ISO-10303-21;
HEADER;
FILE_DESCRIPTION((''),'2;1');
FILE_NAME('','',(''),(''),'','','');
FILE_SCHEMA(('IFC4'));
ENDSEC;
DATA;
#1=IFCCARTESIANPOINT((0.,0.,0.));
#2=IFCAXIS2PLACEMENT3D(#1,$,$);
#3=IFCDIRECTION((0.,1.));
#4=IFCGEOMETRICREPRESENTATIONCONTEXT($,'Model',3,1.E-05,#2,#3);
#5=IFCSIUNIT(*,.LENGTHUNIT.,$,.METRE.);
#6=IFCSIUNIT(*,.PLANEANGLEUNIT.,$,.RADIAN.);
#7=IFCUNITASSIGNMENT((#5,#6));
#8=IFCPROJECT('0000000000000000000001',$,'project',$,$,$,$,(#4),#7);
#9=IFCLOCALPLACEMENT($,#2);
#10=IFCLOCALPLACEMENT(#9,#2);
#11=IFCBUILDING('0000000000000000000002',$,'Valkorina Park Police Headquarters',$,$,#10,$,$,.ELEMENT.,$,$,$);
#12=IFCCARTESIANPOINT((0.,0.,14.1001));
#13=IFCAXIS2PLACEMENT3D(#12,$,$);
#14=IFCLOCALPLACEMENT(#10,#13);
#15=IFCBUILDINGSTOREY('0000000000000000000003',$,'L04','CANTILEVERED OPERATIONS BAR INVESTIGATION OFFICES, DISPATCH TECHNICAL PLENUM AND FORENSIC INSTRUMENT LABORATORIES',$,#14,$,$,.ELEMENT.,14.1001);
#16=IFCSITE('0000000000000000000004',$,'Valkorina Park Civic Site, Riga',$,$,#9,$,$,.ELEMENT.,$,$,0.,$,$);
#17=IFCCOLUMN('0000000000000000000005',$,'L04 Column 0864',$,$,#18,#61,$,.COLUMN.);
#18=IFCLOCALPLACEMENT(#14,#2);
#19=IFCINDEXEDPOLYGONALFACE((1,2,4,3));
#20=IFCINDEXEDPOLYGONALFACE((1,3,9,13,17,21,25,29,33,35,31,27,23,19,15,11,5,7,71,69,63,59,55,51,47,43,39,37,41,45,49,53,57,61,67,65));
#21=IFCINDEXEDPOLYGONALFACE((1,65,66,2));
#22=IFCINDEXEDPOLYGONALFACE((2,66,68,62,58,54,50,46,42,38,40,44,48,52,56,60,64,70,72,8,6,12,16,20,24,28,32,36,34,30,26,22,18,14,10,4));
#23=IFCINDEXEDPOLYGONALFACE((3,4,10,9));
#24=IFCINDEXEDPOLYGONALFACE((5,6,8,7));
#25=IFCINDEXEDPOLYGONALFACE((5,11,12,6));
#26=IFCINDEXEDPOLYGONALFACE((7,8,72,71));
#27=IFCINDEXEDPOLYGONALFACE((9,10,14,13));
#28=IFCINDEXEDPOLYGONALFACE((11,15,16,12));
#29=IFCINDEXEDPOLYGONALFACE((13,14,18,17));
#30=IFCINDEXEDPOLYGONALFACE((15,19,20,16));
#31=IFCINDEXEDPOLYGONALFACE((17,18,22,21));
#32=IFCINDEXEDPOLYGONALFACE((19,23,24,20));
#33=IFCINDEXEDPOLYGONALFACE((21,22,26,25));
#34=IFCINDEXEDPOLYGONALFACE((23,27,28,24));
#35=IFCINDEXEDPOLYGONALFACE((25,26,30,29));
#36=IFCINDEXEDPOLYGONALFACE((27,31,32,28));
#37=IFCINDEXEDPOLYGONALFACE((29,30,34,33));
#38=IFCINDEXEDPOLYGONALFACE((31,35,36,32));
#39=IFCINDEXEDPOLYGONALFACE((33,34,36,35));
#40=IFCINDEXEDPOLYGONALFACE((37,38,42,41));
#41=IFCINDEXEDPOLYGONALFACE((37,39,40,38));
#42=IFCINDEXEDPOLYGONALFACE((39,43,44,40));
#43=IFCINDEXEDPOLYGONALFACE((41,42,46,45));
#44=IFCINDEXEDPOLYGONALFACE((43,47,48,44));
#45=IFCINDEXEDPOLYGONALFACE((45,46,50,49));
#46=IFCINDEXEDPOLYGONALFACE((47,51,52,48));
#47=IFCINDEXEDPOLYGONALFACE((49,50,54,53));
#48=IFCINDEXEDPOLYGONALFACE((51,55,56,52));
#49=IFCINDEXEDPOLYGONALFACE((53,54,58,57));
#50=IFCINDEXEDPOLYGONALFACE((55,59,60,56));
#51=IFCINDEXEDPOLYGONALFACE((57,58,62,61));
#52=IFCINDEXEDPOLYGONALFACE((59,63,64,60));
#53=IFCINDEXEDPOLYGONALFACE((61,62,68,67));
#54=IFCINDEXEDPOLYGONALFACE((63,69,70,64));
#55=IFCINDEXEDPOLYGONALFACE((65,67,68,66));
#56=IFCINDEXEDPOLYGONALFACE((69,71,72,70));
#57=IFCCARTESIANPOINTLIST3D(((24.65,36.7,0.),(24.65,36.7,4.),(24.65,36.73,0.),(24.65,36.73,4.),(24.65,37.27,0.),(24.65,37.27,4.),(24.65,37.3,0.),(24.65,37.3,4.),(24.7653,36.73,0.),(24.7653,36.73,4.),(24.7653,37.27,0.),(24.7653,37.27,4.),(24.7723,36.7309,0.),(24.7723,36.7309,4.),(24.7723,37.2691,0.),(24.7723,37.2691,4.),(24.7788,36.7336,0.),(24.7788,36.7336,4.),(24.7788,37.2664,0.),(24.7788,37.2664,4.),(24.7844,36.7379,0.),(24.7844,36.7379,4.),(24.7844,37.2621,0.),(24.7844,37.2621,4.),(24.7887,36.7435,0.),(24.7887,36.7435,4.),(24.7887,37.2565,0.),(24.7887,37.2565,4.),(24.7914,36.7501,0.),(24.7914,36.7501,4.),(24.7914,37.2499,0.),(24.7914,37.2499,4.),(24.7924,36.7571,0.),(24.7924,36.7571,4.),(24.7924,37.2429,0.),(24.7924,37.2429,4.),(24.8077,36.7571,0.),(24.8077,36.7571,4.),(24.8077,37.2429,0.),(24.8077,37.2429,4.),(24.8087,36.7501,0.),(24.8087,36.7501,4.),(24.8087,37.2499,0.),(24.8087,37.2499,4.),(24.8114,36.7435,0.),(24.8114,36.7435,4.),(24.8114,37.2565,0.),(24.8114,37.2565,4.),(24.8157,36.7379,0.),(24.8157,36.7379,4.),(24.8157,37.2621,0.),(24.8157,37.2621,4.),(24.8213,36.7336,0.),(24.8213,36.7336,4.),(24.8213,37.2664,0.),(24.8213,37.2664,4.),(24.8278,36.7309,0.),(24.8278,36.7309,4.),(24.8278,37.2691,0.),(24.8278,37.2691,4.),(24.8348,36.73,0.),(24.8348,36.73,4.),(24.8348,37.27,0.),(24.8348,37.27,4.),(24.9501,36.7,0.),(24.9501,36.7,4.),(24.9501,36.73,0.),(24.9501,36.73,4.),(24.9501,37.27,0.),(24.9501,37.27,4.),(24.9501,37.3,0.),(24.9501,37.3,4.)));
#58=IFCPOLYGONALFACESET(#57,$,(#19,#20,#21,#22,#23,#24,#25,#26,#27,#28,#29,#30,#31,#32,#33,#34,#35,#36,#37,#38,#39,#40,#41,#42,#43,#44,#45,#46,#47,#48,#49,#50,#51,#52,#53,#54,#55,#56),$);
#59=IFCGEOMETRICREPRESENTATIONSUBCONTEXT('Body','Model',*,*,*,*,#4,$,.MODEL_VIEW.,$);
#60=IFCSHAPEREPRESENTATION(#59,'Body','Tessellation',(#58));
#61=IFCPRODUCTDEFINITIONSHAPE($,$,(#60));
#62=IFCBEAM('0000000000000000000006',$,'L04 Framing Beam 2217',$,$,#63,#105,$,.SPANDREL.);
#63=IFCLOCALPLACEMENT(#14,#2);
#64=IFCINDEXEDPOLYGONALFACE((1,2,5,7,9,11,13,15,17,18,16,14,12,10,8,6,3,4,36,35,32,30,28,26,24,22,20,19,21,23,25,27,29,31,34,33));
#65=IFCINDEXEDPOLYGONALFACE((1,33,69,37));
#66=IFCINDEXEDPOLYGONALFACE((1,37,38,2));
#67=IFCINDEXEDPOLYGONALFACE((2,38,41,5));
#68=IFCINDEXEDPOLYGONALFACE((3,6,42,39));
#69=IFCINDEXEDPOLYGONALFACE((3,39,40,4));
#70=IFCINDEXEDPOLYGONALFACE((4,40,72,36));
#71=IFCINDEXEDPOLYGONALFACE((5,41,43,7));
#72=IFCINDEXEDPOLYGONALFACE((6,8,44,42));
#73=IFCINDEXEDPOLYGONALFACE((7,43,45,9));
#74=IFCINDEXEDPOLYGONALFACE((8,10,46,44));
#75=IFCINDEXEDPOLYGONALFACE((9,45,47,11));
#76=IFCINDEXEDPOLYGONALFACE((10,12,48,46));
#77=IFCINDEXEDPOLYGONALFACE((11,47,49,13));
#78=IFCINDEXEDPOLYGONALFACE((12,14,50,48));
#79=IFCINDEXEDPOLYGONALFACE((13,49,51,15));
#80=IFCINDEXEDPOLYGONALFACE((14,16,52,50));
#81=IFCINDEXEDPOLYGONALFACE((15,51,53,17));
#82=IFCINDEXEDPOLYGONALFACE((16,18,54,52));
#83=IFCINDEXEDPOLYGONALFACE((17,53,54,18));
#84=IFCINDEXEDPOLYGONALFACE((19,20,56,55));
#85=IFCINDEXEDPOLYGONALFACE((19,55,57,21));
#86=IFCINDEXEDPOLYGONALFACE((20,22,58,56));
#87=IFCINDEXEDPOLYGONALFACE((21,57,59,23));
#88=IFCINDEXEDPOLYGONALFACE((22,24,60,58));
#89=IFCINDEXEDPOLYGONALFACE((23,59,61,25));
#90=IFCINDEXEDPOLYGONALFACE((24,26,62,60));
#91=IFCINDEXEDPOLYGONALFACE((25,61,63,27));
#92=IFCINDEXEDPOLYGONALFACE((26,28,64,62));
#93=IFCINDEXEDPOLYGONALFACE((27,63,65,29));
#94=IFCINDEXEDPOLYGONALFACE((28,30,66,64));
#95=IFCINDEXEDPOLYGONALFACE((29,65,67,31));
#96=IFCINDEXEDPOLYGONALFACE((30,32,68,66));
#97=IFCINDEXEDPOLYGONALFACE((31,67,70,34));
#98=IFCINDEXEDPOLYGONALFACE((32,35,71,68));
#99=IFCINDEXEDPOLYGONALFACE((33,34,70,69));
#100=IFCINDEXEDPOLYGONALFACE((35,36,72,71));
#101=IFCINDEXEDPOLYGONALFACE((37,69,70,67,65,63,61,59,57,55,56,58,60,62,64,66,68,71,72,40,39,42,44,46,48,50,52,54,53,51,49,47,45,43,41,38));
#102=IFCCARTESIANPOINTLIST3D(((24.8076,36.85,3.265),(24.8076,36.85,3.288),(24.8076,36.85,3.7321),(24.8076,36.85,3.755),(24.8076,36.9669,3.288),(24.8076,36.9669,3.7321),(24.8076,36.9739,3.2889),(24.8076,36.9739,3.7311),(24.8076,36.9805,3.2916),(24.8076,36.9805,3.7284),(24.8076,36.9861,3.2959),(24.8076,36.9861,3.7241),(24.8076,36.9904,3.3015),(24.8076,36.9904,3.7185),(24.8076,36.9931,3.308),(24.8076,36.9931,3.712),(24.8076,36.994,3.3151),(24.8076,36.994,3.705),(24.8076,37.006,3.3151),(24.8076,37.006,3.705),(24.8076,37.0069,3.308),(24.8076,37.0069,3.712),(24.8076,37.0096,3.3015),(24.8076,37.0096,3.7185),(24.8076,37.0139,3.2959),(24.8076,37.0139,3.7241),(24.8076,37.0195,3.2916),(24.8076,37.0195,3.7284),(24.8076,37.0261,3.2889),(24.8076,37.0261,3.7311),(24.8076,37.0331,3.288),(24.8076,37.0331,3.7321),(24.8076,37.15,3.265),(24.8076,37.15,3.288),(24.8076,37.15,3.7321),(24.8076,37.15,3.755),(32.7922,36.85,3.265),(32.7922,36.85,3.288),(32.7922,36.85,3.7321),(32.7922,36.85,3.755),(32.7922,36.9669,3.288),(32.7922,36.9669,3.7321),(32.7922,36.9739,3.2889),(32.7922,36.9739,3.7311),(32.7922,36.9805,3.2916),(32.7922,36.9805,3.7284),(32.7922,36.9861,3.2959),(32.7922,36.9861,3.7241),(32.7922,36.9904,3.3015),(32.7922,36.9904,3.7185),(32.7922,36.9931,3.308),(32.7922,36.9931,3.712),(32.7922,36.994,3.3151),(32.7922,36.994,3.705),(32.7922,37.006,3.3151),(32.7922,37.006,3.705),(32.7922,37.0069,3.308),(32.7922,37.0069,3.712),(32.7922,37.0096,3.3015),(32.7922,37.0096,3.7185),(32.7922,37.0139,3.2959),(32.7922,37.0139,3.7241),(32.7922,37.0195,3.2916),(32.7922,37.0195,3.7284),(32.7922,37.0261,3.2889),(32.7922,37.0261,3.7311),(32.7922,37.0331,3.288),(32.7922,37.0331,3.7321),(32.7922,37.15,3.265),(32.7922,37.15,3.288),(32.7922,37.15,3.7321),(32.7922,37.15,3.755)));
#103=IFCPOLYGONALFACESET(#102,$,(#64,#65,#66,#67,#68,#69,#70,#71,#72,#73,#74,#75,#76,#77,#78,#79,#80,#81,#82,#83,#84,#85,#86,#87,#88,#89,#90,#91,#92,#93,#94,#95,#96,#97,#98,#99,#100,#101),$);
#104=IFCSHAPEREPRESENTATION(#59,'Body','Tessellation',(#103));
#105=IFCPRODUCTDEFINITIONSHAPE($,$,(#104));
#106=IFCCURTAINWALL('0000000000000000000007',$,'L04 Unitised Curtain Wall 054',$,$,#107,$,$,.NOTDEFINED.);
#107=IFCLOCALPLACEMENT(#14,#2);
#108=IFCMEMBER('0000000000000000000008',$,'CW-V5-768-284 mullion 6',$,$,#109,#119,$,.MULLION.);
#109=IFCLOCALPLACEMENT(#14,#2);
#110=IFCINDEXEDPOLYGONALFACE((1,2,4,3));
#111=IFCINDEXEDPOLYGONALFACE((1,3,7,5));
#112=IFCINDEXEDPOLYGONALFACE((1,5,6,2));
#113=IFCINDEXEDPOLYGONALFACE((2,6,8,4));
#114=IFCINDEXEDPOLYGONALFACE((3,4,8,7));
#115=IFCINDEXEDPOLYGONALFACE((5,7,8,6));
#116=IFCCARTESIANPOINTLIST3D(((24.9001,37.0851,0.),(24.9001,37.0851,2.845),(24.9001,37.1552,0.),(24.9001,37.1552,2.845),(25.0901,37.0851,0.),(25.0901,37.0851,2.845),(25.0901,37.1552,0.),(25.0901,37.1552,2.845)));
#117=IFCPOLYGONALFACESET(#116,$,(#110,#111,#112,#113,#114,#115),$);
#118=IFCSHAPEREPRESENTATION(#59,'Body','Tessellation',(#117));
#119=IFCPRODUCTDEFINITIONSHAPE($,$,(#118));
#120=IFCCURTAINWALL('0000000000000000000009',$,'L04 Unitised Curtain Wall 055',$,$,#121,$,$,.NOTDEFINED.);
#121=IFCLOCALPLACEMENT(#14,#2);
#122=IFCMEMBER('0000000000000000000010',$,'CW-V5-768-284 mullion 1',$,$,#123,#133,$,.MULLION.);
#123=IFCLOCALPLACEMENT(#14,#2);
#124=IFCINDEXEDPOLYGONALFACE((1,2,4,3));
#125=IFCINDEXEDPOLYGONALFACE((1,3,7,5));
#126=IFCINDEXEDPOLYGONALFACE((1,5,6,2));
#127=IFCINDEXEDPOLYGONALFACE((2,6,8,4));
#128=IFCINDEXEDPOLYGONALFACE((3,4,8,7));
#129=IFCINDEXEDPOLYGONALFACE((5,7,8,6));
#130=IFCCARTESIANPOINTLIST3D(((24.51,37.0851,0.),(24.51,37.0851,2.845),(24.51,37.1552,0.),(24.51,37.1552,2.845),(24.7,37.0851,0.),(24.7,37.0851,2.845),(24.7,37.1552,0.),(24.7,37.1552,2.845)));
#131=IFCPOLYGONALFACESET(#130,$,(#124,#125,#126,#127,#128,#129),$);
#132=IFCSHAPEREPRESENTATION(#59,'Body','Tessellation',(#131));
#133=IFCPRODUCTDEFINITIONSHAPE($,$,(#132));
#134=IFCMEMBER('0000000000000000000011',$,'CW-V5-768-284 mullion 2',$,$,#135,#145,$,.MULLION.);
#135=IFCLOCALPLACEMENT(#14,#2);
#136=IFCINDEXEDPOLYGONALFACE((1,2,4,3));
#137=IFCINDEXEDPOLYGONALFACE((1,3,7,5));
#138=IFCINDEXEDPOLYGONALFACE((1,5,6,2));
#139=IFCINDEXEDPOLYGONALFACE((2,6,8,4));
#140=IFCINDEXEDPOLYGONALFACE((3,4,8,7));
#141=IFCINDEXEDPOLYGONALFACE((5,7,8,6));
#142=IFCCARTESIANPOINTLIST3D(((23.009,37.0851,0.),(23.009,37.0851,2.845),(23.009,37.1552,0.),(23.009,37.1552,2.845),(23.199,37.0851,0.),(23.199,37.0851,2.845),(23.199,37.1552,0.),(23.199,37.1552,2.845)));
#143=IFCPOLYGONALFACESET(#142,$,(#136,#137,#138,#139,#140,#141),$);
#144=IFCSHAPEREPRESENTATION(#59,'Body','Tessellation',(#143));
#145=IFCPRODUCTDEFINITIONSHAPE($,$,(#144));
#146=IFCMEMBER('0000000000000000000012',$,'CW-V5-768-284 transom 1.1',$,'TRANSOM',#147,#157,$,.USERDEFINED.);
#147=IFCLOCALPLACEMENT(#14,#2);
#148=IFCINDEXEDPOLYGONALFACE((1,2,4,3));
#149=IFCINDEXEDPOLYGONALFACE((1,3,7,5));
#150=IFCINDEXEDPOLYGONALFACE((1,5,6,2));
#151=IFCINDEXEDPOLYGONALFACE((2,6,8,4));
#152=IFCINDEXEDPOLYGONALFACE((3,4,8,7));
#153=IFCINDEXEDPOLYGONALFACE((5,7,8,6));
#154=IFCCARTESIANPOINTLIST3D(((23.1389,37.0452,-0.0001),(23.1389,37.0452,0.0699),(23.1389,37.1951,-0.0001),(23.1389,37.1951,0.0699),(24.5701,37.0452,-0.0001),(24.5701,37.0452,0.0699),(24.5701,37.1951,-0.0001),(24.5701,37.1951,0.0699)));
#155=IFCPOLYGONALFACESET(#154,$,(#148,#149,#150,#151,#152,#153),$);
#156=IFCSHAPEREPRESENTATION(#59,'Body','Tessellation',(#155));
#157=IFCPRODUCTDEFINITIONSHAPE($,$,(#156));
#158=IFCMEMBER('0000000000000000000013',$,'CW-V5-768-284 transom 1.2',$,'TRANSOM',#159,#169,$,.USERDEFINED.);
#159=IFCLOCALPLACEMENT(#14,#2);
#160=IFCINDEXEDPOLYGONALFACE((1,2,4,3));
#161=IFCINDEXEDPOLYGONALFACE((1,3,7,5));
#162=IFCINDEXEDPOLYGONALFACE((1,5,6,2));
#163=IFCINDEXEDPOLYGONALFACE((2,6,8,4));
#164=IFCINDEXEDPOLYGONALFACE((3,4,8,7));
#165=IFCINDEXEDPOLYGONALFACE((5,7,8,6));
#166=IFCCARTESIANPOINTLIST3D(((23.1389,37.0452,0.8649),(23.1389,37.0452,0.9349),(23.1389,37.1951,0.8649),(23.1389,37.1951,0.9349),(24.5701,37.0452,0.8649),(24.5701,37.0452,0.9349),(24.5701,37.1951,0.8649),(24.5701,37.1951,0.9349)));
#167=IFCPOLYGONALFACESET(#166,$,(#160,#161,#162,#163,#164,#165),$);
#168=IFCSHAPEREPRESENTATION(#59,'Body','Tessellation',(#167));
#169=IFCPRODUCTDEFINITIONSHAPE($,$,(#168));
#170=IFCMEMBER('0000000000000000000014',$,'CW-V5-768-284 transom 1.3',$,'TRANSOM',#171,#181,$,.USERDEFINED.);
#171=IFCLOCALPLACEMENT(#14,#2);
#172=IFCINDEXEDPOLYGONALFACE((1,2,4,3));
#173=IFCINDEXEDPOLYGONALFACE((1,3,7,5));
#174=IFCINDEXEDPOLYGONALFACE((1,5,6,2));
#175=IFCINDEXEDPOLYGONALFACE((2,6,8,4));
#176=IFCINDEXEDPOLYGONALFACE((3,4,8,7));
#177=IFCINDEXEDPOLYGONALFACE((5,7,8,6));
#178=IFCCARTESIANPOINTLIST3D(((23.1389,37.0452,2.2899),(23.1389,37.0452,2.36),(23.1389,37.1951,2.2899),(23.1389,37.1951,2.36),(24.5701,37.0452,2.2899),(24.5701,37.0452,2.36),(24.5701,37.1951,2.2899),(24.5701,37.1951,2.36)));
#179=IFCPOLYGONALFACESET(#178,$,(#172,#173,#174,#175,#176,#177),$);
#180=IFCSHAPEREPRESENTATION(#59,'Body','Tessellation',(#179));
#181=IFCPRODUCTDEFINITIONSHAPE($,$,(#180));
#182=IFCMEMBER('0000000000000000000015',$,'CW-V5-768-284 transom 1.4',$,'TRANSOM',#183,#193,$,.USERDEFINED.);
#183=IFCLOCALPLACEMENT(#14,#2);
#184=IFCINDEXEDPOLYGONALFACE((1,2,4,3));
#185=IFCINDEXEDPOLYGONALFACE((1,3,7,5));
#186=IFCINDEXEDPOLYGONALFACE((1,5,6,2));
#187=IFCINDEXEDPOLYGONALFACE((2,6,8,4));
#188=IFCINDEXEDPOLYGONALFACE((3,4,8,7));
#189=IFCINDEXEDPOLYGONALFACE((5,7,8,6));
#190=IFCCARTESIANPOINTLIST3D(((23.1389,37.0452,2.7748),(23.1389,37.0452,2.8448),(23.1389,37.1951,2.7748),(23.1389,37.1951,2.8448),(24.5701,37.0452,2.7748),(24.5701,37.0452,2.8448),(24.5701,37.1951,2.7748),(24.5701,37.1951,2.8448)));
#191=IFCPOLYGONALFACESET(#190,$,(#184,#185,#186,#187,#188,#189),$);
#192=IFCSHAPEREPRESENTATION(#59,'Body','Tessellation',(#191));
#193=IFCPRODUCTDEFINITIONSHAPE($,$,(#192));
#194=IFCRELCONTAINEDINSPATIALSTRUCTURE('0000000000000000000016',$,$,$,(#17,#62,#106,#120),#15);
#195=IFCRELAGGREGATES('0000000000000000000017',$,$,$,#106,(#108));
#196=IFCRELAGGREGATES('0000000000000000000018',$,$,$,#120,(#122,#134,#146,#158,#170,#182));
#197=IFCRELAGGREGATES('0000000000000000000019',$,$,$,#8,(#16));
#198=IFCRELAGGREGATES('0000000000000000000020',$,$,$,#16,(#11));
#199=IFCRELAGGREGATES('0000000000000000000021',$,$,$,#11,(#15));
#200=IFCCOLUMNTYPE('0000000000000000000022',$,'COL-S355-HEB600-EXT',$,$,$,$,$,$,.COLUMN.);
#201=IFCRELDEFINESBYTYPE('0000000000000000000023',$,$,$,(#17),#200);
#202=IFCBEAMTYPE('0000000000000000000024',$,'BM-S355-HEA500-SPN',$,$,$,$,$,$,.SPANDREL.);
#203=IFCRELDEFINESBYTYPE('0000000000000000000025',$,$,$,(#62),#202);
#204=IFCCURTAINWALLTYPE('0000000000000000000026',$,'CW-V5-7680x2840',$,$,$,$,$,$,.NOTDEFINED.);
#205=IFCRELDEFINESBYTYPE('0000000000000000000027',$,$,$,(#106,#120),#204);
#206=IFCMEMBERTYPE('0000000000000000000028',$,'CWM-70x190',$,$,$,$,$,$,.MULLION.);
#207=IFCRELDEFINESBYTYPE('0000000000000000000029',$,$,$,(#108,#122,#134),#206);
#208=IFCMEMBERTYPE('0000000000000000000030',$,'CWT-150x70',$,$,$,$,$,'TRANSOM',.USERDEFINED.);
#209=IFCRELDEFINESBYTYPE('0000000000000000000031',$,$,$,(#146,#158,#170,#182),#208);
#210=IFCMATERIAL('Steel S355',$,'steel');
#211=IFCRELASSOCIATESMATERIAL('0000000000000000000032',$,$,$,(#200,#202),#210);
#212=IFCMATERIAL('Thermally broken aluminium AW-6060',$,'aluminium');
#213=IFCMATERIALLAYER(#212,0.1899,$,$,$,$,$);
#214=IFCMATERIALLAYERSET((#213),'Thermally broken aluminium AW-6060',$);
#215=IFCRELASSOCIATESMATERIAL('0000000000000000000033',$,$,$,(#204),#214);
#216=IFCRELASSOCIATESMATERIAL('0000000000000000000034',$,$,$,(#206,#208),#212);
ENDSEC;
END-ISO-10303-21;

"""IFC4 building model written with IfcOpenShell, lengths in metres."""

from ifc_helpers import new_model, si_unit, direction, frame, origin, origin_2d, place, context, subcontext, project, spatial, rectangle, i_section, extrude, material, layer, layer_set, material_profile, profile_set, type_object, element, aggregate, save


model = new_model("IFC4")

# Units and contexts
model_context = context("Model", 3, precision=1e-05, world=origin(), true_north=direction((0.0, 1.0)))
body_context = subcontext(model_context, "Body", "Model", "MODEL_VIEW")
ifc_project = project(units=[si_unit("LENGTHUNIT", "METRE"), si_unit("PLANEANGLEUNIT", "RADIAN")], contexts=[model_context])

# Site, building, storey
site_placement = place(None, origin())
site = spatial("IfcSite", under=ifc_project, at=site_placement, Name="Valkorina Park Civic Site, Riga", CompositionType="ELEMENT", RefElevation=0.0)
building_placement = place(site_placement, origin())
building = spatial("IfcBuilding", under=site, at=building_placement, Name="Valkorina Park Police Headquarters", CompositionType="ELEMENT")
storey_placement = place(building_placement, frame((0.0, 0.0, 14.1001)))
storey = spatial("IfcBuildingStorey", under=building, at=storey_placement, Name="L04", Description="CANTILEVERED OPERATIONS BAR INVESTIGATION OFFICES, DISPATCH TECHNICAL PLENUM AND FORENSIC INSTRUMENT LABORATORIES", CompositionType="ELEMENT", Elevation=14.1001)

# Column
ifc_material_1 = material(Name="Steel S355", Category="steel")
ifc_material_profile_1 = material_profile(ifc_material_1, i_section(OverallWidth=0.3, OverallDepth=0.6001, WebThickness=0.0154, FlangeThickness=0.03, FilletRadius=0.0271, at=origin_2d()), Name="HEB 600")
ifc_profile_set_1 = profile_set([ifc_material_profile_1], Name="Steel S355")
column_type = type_object("IfcColumnType", Name="COL-S355-HEB600-EXT", PredefinedType="COLUMN", material=ifc_profile_set_1)
column_placement = place(storey_placement, frame((24.8, 37.0, 0.0), z_axis=(0.0, 0.0, 1.0), x_axis=(1.0, 0.0, 0.0)))
element("IfcColumn", 1, at=column_placement, inside=storey, type_object=column_type, Name="L04 Column 0864", PredefinedType="COLUMN", context=body_context, shape_type="SweptSolid", body=[
    extrude(i_section(OverallWidth=0.3, OverallDepth=0.6001, WebThickness=0.0154, FlangeThickness=0.03, FilletRadius=0.0271, at=origin_2d()), origin(), (0.0, 0.0, 1.0), 4.0),
])

# Beam
ifc_material_profile_2 = material_profile(ifc_material_1, i_section(OverallWidth=0.3, OverallDepth=0.49, WebThickness=0.012, FlangeThickness=0.0229, FilletRadius=0.0271, at=origin_2d()), Name="HEA 500")
ifc_profile_set_2 = profile_set([ifc_material_profile_2], Name="Steel S355")
beam_type = type_object("IfcBeamType", Name="BM-S355-HEA500-SPN", PredefinedType="SPANDREL", material=ifc_profile_set_2)
beam_placement = place(storey_placement, frame((24.8076, 37.0, 3.51), z_axis=(1.0, 0.0, 0.0), x_axis=(0.0, 1.0, 0.0)))
element("IfcBeam", 2, at=beam_placement, inside=storey, type_object=beam_type, Name="L04 Framing Beam 2217", PredefinedType="SPANDREL", context=body_context, shape_type="SweptSolid", body=[
    extrude(i_section(OverallWidth=0.3, OverallDepth=0.49, WebThickness=0.012, FlangeThickness=0.0229, FilletRadius=0.0271, at=origin_2d()), origin(), (0.0, 0.0, 1.0), 7.9846),
])

# Curtain wall, member
ifc_material_2 = material(Name="Thermally broken aluminium AW-6060", Category="aluminium")
ifc_layer_1 = layer(ifc_material_2, 0.1899)
ifc_layer_set_1 = layer_set([ifc_layer_1], Name="Thermally broken aluminium AW-6060")
curtain_wall_type = type_object("IfcCurtainWallType", Name="CW-V5-7680x2840", PredefinedType="NOTDEFINED", material=ifc_layer_set_1)
curtain_wall_1_placement = place(storey_placement, origin())
curtain_wall_1 = element("IfcCurtainWall", 3, at=curtain_wall_1_placement, inside=storey, type_object=curtain_wall_type, Name="L04 Unitised Curtain Wall 054", PredefinedType="NOTDEFINED")
ifc_material_profile_3 = material_profile(ifc_material_2, rectangle(XDim=0.0701, YDim=0.1899, at=origin_2d()), Name="CWM-02 70x190")
ifc_profile_set_3 = profile_set([ifc_material_profile_3], Name="Thermally broken aluminium AW-6060")
member_type_1 = type_object("IfcMemberType", Name="CWM-70x190", PredefinedType="MULLION", material=ifc_profile_set_3)
member_1_placement = place(storey_placement, frame((24.9951, 37.1201, 0.0), z_axis=(0.0, 0.0, 1.0), x_axis=(0.0, -1.0, 0.0)))
member_1 = element("IfcMember", 4, at=member_1_placement, type_object=member_type_1, Name="CW-V5-768-284 mullion 6", PredefinedType="MULLION", context=body_context, shape_type="SweptSolid", body=[
    extrude(rectangle(XDim=0.0701, YDim=0.1899, at=origin_2d()), origin(), (0.0, 0.0, 1.0), 2.845),
])

# Curtain wall, members
curtain_wall_2_placement = place(storey_placement, origin())
curtain_wall_2 = element("IfcCurtainWall", 5, at=curtain_wall_2_placement, inside=storey, type_object=curtain_wall_type, Name="L04 Unitised Curtain Wall 055", PredefinedType="NOTDEFINED")
member_2_placement = place(storey_placement, frame((24.605, 37.1201, 0.0), z_axis=(0.0, 0.0, 1.0), x_axis=(0.0, -1.0, 0.0)))
member_2 = element("IfcMember", 6, at=member_2_placement, type_object=member_type_1, Name="CW-V5-768-284 mullion 1", PredefinedType="MULLION", context=body_context, shape_type="SweptSolid", body=[
    extrude(rectangle(XDim=0.0701, YDim=0.1899, at=origin_2d()), origin(), (0.0, 0.0, 1.0), 2.845),
])
member_3_placement = place(storey_placement, frame((23.104, 37.1201, 0.0), z_axis=(0.0, 0.0, 1.0), x_axis=(0.0, -1.0, 0.0)))
member_3 = element("IfcMember", 7, at=member_3_placement, type_object=member_type_1, Name="CW-V5-768-284 mullion 2", PredefinedType="MULLION", context=body_context, shape_type="SweptSolid", body=[
    extrude(rectangle(XDim=0.0701, YDim=0.1899, at=origin_2d()), origin(), (0.0, 0.0, 1.0), 2.845),
])
ifc_material_profile_4 = material_profile(ifc_material_2, rectangle(XDim=0.1499, YDim=0.0701, at=origin_2d()), Name="CWT-02 150x70")
ifc_profile_set_4 = profile_set([ifc_material_profile_4], Name="Thermally broken aluminium AW-6060")
member_type_2 = type_object("IfcMemberType", Name="CWT-150x70", ElementType="TRANSOM", PredefinedType="USERDEFINED", material=ifc_profile_set_4)
member_4_placement = place(storey_placement, frame((24.5701, 37.1201, 0.0349), z_axis=(-1.0, 0.0, 0.0), x_axis=(0.0, -1.0, 0.0)))
member_4 = element("IfcMember", 8, at=member_4_placement, type_object=member_type_2, Name="CW-V5-768-284 transom 1.1", ObjectType="TRANSOM", PredefinedType="USERDEFINED", context=body_context, shape_type="SweptSolid", body=[
    extrude(rectangle(XDim=0.1499, YDim=0.0701, at=origin_2d()), origin(), (0.0, 0.0, 1.0), 1.4312),
])
member_5_placement = place(storey_placement, frame((24.5701, 37.1201, 0.8999), z_axis=(-1.0, 0.0, 0.0), x_axis=(0.0, -1.0, 0.0)))
member_5 = element("IfcMember", 9, at=member_5_placement, type_object=member_type_2, Name="CW-V5-768-284 transom 1.2", ObjectType="TRANSOM", PredefinedType="USERDEFINED", context=body_context, shape_type="SweptSolid", body=[
    extrude(rectangle(XDim=0.1499, YDim=0.0701, at=origin_2d()), origin(), (0.0, 0.0, 1.0), 1.4312),
])
member_6_placement = place(storey_placement, frame((24.5701, 37.1201, 2.325), z_axis=(-1.0, 0.0, 0.0), x_axis=(0.0, -1.0, 0.0)))
member_6 = element("IfcMember", 10, at=member_6_placement, type_object=member_type_2, Name="CW-V5-768-284 transom 1.3", ObjectType="TRANSOM", PredefinedType="USERDEFINED", context=body_context, shape_type="SweptSolid", body=[
    extrude(rectangle(XDim=0.1499, YDim=0.0701, at=origin_2d()), origin(), (0.0, 0.0, 1.0), 1.4312),
])
member_7_placement = place(storey_placement, frame((24.5701, 37.1201, 2.8098), z_axis=(-1.0, 0.0, 0.0), x_axis=(0.0, -1.0, 0.0)))
member_7 = element("IfcMember", 11, at=member_7_placement, type_object=member_type_2, Name="CW-V5-768-284 transom 1.4", ObjectType="TRANSOM", PredefinedType="USERDEFINED", context=body_context, shape_type="SweptSolid", body=[
    extrude(rectangle(XDim=0.1499, YDim=0.0701, at=origin_2d()), origin(), (0.0, 0.0, 1.0), 1.4312),
])

aggregate(curtain_wall_1, [member_1])
aggregate(curtain_wall_2, [member_2, member_3, member_4, member_5, member_6, member_7])

save(model, "model.ifc")
